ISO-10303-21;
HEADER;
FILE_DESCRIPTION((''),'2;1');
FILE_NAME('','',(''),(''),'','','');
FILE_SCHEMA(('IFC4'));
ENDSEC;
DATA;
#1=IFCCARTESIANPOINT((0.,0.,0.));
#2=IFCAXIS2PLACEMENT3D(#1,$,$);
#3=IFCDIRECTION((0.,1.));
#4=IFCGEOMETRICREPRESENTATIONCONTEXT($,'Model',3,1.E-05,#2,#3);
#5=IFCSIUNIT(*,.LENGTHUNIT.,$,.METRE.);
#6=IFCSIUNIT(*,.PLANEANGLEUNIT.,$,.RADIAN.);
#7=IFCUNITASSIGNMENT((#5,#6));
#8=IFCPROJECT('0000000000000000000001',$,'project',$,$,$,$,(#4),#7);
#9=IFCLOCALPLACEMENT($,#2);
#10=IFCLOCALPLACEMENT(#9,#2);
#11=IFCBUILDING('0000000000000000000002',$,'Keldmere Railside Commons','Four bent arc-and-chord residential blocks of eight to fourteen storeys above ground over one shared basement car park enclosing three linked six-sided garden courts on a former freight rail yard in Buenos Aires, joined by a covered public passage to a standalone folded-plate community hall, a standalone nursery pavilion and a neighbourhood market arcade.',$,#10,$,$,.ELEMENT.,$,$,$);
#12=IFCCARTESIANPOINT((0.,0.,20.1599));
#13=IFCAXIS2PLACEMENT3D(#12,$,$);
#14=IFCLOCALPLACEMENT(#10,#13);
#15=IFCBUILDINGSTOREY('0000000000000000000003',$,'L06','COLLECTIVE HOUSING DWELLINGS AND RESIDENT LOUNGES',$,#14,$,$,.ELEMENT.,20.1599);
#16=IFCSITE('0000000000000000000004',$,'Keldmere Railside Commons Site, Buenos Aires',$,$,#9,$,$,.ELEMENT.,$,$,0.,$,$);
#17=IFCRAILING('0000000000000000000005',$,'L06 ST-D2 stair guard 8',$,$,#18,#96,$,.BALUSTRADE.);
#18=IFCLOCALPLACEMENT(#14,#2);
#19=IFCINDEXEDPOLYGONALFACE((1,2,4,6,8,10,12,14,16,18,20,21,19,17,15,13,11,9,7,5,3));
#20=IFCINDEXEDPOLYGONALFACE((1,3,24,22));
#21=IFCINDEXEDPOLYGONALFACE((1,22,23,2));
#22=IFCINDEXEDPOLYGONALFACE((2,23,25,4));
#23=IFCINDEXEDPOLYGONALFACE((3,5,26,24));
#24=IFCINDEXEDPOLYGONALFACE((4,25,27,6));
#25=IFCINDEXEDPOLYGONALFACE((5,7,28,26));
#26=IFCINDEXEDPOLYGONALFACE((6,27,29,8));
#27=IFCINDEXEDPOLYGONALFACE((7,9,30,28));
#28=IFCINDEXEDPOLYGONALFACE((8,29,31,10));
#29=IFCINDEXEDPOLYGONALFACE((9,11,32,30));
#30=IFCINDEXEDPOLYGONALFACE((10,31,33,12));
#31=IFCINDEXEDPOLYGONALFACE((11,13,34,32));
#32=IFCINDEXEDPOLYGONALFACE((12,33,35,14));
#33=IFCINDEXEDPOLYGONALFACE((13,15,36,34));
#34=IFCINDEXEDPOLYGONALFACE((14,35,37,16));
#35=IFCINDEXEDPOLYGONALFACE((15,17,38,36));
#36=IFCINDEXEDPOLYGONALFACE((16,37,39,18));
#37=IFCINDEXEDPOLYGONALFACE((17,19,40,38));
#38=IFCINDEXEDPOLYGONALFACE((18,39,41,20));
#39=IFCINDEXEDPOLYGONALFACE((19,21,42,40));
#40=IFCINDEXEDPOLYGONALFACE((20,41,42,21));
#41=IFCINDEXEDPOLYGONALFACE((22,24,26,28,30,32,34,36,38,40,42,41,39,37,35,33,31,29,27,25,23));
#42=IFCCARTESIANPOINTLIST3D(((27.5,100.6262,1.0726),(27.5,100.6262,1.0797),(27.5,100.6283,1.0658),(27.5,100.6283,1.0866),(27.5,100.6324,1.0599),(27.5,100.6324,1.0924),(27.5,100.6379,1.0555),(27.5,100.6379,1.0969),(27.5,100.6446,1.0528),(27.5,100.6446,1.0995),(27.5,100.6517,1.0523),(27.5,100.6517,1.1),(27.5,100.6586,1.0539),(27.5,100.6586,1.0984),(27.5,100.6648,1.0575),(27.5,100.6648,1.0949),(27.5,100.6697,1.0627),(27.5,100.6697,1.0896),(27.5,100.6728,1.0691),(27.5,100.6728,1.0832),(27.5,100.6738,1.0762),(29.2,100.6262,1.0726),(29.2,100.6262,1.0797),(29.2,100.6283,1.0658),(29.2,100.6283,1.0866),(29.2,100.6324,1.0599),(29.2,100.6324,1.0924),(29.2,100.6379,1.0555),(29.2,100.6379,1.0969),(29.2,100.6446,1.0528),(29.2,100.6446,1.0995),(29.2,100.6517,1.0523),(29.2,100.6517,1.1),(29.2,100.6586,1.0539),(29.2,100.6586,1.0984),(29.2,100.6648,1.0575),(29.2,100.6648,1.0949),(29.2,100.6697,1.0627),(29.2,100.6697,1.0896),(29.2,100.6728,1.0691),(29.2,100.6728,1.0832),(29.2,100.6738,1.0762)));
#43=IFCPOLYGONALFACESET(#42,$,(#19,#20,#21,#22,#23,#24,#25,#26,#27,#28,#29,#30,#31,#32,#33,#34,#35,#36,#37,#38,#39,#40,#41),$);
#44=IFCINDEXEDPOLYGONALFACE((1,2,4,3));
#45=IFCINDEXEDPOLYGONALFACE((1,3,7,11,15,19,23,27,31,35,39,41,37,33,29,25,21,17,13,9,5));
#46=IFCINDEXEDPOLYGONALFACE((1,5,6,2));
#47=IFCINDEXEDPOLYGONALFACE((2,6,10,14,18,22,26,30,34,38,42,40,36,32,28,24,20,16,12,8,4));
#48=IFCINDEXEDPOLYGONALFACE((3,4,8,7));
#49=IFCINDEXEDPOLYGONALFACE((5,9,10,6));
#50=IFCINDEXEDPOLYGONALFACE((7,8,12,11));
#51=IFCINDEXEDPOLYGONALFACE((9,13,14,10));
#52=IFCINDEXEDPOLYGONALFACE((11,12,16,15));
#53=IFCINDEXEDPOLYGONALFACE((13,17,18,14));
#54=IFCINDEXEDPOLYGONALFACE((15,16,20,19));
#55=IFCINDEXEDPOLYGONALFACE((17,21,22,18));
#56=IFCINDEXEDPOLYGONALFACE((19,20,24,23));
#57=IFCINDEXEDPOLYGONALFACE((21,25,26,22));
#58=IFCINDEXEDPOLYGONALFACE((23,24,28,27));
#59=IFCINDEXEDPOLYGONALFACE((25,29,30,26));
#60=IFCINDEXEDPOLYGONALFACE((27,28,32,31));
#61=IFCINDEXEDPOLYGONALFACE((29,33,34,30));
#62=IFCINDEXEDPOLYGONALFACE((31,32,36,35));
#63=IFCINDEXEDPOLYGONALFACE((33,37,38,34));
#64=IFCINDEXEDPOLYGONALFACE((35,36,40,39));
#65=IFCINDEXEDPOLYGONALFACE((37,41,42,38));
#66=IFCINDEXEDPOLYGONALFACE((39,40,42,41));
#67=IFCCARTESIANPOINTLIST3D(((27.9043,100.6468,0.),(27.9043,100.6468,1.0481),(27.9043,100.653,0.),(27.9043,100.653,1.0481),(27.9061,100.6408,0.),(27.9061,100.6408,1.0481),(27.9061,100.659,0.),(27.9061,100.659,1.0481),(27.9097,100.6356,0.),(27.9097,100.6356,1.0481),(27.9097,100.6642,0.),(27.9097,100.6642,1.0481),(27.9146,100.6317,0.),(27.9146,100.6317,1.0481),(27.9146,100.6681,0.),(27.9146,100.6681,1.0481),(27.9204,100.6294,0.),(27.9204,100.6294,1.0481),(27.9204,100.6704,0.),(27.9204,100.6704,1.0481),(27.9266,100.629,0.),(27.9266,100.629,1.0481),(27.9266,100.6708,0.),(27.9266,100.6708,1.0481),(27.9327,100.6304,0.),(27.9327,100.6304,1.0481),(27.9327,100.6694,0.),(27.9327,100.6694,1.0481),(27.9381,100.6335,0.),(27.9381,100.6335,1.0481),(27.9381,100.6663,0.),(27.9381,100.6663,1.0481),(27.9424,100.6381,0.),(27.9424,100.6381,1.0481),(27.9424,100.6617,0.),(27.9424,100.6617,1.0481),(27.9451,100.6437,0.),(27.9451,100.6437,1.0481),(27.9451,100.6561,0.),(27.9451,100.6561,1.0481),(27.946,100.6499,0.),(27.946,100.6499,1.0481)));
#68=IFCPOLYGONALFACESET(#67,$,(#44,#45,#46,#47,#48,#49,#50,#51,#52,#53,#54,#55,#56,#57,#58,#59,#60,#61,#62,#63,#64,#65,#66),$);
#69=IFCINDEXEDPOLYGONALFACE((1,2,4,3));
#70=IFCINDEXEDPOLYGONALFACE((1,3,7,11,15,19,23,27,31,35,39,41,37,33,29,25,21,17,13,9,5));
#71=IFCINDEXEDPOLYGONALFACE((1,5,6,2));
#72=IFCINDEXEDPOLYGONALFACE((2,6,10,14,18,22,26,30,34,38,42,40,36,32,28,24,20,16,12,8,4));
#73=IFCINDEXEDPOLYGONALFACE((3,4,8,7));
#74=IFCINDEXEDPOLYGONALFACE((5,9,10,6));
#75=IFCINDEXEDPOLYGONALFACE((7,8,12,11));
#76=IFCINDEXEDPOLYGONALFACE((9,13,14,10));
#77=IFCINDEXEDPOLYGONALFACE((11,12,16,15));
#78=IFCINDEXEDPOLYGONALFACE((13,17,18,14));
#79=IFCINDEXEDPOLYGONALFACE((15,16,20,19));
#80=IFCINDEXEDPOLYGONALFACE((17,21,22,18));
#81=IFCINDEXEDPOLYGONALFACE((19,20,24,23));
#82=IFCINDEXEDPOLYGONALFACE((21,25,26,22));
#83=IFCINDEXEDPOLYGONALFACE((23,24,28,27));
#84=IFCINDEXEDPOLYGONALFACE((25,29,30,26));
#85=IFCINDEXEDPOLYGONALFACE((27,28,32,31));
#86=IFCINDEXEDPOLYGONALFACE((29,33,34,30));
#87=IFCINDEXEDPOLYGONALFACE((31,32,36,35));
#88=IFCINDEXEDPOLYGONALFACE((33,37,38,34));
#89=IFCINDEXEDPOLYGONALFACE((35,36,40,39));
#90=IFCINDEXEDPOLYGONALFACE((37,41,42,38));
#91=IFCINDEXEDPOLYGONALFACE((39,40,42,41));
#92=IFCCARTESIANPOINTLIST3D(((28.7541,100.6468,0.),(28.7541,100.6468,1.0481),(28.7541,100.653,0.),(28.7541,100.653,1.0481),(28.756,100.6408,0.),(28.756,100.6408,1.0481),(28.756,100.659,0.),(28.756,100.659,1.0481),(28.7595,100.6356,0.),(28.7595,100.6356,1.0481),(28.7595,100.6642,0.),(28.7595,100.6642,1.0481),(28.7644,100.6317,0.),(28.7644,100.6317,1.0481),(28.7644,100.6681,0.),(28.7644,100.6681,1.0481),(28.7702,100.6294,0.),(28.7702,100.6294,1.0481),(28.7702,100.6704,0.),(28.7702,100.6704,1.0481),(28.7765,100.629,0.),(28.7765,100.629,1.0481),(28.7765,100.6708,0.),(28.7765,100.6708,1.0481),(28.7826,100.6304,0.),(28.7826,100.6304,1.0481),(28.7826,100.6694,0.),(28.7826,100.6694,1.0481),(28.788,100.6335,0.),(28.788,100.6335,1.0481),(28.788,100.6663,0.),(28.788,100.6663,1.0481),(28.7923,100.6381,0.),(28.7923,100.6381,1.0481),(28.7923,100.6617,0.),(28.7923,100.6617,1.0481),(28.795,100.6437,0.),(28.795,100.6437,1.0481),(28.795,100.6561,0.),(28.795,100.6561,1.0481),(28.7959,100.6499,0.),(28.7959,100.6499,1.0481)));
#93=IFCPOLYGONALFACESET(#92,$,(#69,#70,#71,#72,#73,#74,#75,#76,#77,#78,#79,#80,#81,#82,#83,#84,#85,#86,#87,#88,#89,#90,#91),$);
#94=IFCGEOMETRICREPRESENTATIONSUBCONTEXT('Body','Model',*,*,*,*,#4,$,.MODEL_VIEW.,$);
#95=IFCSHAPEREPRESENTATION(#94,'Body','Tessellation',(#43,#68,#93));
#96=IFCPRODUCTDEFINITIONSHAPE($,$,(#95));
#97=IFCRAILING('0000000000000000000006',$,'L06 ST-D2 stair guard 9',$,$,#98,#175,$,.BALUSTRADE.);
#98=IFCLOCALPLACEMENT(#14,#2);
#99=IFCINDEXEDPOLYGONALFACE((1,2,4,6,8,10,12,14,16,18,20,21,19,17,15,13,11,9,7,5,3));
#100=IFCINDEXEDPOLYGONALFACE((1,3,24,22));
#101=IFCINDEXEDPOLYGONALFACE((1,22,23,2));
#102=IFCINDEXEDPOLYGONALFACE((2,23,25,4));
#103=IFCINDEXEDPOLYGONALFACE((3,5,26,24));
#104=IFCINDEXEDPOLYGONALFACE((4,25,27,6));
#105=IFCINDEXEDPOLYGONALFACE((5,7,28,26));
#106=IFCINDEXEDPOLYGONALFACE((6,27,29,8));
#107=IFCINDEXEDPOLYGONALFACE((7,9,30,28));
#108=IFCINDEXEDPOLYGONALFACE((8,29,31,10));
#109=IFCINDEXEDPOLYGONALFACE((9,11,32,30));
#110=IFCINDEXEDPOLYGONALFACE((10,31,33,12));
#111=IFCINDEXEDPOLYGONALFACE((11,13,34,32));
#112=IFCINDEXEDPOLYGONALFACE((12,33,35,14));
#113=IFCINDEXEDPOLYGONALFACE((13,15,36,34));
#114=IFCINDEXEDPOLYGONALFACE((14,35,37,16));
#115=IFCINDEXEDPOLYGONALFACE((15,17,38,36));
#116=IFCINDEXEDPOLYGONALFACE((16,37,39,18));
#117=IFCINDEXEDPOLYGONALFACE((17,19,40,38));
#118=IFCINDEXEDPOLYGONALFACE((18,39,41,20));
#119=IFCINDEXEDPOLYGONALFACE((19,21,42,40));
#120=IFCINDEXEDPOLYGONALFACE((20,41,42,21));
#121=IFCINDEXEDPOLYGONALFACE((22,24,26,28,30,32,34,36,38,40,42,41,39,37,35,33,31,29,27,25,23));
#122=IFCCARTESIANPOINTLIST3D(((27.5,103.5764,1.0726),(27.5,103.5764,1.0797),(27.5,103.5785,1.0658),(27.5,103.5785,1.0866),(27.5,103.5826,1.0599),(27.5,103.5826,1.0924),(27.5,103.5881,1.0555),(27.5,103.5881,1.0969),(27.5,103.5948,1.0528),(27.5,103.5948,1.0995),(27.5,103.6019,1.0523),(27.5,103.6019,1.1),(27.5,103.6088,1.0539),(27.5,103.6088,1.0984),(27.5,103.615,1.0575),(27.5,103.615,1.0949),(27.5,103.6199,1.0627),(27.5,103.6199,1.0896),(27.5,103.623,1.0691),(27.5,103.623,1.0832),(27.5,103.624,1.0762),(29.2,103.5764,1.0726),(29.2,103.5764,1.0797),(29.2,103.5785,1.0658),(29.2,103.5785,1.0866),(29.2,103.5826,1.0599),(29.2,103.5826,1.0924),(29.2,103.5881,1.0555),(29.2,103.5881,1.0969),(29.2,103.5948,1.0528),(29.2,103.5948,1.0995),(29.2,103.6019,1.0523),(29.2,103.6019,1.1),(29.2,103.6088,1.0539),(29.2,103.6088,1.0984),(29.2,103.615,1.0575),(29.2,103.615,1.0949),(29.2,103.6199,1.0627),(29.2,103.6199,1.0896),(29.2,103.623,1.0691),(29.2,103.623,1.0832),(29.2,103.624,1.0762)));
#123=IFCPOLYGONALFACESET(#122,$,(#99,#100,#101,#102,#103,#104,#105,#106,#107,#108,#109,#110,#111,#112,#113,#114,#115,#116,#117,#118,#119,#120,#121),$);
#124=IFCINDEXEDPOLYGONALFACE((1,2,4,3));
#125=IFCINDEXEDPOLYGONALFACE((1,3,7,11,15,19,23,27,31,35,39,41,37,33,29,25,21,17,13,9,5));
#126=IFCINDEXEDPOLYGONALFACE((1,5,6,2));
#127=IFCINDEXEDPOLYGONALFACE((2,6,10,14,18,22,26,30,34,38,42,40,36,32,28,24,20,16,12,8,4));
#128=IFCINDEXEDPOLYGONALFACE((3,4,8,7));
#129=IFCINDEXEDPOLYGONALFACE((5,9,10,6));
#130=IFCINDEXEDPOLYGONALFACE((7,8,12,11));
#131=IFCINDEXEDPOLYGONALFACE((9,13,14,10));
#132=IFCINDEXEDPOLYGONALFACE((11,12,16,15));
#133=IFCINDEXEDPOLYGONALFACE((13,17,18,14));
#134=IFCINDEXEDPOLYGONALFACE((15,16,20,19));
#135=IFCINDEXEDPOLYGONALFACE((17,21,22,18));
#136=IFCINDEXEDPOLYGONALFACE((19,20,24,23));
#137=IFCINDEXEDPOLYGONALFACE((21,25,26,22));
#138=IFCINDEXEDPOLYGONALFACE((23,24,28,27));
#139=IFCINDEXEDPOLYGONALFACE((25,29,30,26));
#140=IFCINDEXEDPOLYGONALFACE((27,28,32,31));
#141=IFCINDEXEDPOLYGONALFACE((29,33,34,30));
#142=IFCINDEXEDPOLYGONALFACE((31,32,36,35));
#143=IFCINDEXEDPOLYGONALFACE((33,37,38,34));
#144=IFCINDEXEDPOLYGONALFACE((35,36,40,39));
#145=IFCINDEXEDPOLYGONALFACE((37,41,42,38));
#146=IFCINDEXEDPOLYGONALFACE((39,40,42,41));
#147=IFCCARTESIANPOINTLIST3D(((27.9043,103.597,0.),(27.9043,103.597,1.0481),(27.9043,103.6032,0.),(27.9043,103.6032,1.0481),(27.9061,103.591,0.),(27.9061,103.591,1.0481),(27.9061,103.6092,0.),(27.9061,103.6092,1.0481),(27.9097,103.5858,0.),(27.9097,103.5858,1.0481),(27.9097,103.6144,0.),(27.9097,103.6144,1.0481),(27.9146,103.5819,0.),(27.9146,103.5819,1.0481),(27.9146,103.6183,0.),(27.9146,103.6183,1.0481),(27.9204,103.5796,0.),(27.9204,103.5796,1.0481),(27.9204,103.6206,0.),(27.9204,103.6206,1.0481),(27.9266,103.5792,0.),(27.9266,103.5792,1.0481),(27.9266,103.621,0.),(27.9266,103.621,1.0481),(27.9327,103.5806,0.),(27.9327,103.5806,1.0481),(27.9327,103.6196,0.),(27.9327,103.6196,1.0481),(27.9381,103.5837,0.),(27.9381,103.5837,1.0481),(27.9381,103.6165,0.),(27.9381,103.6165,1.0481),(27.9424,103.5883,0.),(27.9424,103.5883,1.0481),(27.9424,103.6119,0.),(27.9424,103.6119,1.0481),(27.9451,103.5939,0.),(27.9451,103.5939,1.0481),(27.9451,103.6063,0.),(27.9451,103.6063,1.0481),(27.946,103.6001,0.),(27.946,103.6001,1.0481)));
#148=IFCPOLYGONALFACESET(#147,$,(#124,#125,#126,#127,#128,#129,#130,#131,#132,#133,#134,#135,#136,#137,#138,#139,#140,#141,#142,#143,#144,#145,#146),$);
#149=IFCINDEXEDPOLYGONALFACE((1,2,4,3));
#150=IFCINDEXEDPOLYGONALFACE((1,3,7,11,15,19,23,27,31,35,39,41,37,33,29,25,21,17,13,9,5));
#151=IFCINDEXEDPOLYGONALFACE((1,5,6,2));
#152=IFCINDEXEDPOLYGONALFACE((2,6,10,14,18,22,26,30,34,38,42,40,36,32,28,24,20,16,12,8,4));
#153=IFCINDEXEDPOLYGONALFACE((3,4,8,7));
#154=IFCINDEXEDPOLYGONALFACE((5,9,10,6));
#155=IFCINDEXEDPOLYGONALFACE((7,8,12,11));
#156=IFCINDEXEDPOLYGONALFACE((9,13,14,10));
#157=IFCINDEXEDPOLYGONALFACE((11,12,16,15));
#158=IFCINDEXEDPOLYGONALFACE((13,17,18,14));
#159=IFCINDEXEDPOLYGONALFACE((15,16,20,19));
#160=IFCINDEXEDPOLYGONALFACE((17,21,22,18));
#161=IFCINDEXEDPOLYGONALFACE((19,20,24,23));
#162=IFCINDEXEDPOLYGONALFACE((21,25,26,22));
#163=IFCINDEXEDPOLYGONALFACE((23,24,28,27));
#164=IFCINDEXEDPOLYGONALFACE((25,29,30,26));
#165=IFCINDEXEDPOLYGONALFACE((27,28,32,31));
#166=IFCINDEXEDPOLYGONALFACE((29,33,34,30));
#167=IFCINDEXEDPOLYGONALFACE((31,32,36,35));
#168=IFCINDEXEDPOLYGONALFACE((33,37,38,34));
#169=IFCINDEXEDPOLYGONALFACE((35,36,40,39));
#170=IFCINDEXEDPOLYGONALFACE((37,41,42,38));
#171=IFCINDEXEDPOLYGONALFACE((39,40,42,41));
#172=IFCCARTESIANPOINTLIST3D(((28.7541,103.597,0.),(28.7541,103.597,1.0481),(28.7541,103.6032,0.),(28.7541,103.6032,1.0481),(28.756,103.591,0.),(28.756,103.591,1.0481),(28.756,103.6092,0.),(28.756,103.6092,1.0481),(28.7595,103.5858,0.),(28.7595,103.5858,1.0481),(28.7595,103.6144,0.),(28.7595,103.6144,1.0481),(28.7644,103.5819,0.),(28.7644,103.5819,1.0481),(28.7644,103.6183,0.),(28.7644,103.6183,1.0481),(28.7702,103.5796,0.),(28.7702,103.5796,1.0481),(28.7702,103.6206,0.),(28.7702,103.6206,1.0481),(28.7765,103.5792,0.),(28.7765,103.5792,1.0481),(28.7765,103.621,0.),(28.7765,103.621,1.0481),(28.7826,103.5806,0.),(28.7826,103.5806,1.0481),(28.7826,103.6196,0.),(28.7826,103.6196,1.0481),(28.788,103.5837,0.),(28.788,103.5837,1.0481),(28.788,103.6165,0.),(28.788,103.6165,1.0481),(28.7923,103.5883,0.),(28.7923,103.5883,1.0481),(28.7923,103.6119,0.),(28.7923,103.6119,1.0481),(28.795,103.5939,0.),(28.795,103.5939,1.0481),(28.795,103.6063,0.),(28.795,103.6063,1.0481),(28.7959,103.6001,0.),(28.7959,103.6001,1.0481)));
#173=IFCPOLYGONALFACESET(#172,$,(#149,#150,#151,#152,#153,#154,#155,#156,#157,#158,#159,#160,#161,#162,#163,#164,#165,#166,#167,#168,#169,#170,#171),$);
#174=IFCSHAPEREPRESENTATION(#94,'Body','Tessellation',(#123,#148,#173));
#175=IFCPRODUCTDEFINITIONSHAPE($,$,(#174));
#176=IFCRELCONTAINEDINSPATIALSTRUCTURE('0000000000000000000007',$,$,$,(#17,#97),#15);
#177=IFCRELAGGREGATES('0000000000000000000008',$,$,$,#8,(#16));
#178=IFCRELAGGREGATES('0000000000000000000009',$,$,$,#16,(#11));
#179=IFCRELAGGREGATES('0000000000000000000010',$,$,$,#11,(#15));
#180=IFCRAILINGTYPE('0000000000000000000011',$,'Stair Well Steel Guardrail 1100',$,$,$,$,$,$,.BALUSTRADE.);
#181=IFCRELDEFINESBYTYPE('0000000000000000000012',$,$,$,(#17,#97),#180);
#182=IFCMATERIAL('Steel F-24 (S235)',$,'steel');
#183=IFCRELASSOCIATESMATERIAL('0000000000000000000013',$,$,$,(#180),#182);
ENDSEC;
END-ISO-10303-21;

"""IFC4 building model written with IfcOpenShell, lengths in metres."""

from ifc_helpers import new_model, si_unit, direction, frame, origin, origin_2d, place, context, subcontext, project, spatial, circle, extrude, material, type_object, element, save


model = new_model("IFC4")

# Units and contexts
model_context = context("Model", 3, precision=1e-05, world=origin(), true_north=direction((0.0, 1.0)))
body_context = subcontext(model_context, "Body", "Model", "MODEL_VIEW")
ifc_project = project(units=[si_unit("LENGTHUNIT", "METRE"), si_unit("PLANEANGLEUNIT", "RADIAN")], contexts=[model_context])

# Site, building, storey
site_placement = place(None, origin())
site = spatial("IfcSite", under=ifc_project, at=site_placement, Name="Keldmere Railside Commons Site, Buenos Aires", CompositionType="ELEMENT", RefElevation=0.0)
building_placement = place(site_placement, origin())
building = spatial("IfcBuilding", under=site, at=building_placement, Name="Keldmere Railside Commons", Description="Four bent arc-and-chord residential blocks of eight to fourteen storeys above ground over one shared basement car park enclosing three linked six-sided garden courts on a former freight rail yard in Buenos Aires, joined by a covered public passage to a standalone folded-plate community hall, a standalone nursery pavilion and a neighbourhood market arcade.", CompositionType="ELEMENT")
storey_placement = place(building_placement, frame((0.0, 0.0, 20.1599)))
storey = spatial("IfcBuildingStorey", under=building, at=storey_placement, Name="L06", Description="COLLECTIVE HOUSING DWELLINGS AND RESIDENT LOUNGES", CompositionType="ELEMENT", Elevation=20.1599)

# Railings
ifc_material_1 = material(Name="Steel F-24 (S235)", Category="steel")
railing_type_1 = type_object("IfcRailingType", Name="Stair Well Steel Guardrail 1100", PredefinedType="BALUSTRADE", material=ifc_material_1)
for number, where, name in (
    (1, (27.5, 100.6499, 0.0), "L06 ST-D2 stair guard 8"),
    (2, (27.5, 103.6001, 0.0), "L06 ST-D2 stair guard 9"),
):
    element("IfcRailing", number, at=place(storey_placement, frame(where)), inside=storey, type_object=railing_type_1, Name=name, PredefinedType="BALUSTRADE", context=body_context, shape_type="SweptSolid", body=[
        extrude(circle(Radius=0.0239, at=origin_2d()), frame((0.0, 0.0, 1.0762), z_axis=(1.0, 0.0, 0.0), x_axis=(0.0, 1.0, 0.0)), (0.0, 0.0, 1.0), 1.7),
        extrude(circle(Radius=0.021, at=origin_2d()), frame((0.425, 0.0, 0.0)), (0.0, 0.0, 1.0), 1.0481),
        extrude(circle(Radius=0.021, at=origin_2d()), frame((1.2749, 0.0, 0.0)), (0.0, 0.0, 1.0), 1.0481),
    ])

save(model, "model.ifc")
